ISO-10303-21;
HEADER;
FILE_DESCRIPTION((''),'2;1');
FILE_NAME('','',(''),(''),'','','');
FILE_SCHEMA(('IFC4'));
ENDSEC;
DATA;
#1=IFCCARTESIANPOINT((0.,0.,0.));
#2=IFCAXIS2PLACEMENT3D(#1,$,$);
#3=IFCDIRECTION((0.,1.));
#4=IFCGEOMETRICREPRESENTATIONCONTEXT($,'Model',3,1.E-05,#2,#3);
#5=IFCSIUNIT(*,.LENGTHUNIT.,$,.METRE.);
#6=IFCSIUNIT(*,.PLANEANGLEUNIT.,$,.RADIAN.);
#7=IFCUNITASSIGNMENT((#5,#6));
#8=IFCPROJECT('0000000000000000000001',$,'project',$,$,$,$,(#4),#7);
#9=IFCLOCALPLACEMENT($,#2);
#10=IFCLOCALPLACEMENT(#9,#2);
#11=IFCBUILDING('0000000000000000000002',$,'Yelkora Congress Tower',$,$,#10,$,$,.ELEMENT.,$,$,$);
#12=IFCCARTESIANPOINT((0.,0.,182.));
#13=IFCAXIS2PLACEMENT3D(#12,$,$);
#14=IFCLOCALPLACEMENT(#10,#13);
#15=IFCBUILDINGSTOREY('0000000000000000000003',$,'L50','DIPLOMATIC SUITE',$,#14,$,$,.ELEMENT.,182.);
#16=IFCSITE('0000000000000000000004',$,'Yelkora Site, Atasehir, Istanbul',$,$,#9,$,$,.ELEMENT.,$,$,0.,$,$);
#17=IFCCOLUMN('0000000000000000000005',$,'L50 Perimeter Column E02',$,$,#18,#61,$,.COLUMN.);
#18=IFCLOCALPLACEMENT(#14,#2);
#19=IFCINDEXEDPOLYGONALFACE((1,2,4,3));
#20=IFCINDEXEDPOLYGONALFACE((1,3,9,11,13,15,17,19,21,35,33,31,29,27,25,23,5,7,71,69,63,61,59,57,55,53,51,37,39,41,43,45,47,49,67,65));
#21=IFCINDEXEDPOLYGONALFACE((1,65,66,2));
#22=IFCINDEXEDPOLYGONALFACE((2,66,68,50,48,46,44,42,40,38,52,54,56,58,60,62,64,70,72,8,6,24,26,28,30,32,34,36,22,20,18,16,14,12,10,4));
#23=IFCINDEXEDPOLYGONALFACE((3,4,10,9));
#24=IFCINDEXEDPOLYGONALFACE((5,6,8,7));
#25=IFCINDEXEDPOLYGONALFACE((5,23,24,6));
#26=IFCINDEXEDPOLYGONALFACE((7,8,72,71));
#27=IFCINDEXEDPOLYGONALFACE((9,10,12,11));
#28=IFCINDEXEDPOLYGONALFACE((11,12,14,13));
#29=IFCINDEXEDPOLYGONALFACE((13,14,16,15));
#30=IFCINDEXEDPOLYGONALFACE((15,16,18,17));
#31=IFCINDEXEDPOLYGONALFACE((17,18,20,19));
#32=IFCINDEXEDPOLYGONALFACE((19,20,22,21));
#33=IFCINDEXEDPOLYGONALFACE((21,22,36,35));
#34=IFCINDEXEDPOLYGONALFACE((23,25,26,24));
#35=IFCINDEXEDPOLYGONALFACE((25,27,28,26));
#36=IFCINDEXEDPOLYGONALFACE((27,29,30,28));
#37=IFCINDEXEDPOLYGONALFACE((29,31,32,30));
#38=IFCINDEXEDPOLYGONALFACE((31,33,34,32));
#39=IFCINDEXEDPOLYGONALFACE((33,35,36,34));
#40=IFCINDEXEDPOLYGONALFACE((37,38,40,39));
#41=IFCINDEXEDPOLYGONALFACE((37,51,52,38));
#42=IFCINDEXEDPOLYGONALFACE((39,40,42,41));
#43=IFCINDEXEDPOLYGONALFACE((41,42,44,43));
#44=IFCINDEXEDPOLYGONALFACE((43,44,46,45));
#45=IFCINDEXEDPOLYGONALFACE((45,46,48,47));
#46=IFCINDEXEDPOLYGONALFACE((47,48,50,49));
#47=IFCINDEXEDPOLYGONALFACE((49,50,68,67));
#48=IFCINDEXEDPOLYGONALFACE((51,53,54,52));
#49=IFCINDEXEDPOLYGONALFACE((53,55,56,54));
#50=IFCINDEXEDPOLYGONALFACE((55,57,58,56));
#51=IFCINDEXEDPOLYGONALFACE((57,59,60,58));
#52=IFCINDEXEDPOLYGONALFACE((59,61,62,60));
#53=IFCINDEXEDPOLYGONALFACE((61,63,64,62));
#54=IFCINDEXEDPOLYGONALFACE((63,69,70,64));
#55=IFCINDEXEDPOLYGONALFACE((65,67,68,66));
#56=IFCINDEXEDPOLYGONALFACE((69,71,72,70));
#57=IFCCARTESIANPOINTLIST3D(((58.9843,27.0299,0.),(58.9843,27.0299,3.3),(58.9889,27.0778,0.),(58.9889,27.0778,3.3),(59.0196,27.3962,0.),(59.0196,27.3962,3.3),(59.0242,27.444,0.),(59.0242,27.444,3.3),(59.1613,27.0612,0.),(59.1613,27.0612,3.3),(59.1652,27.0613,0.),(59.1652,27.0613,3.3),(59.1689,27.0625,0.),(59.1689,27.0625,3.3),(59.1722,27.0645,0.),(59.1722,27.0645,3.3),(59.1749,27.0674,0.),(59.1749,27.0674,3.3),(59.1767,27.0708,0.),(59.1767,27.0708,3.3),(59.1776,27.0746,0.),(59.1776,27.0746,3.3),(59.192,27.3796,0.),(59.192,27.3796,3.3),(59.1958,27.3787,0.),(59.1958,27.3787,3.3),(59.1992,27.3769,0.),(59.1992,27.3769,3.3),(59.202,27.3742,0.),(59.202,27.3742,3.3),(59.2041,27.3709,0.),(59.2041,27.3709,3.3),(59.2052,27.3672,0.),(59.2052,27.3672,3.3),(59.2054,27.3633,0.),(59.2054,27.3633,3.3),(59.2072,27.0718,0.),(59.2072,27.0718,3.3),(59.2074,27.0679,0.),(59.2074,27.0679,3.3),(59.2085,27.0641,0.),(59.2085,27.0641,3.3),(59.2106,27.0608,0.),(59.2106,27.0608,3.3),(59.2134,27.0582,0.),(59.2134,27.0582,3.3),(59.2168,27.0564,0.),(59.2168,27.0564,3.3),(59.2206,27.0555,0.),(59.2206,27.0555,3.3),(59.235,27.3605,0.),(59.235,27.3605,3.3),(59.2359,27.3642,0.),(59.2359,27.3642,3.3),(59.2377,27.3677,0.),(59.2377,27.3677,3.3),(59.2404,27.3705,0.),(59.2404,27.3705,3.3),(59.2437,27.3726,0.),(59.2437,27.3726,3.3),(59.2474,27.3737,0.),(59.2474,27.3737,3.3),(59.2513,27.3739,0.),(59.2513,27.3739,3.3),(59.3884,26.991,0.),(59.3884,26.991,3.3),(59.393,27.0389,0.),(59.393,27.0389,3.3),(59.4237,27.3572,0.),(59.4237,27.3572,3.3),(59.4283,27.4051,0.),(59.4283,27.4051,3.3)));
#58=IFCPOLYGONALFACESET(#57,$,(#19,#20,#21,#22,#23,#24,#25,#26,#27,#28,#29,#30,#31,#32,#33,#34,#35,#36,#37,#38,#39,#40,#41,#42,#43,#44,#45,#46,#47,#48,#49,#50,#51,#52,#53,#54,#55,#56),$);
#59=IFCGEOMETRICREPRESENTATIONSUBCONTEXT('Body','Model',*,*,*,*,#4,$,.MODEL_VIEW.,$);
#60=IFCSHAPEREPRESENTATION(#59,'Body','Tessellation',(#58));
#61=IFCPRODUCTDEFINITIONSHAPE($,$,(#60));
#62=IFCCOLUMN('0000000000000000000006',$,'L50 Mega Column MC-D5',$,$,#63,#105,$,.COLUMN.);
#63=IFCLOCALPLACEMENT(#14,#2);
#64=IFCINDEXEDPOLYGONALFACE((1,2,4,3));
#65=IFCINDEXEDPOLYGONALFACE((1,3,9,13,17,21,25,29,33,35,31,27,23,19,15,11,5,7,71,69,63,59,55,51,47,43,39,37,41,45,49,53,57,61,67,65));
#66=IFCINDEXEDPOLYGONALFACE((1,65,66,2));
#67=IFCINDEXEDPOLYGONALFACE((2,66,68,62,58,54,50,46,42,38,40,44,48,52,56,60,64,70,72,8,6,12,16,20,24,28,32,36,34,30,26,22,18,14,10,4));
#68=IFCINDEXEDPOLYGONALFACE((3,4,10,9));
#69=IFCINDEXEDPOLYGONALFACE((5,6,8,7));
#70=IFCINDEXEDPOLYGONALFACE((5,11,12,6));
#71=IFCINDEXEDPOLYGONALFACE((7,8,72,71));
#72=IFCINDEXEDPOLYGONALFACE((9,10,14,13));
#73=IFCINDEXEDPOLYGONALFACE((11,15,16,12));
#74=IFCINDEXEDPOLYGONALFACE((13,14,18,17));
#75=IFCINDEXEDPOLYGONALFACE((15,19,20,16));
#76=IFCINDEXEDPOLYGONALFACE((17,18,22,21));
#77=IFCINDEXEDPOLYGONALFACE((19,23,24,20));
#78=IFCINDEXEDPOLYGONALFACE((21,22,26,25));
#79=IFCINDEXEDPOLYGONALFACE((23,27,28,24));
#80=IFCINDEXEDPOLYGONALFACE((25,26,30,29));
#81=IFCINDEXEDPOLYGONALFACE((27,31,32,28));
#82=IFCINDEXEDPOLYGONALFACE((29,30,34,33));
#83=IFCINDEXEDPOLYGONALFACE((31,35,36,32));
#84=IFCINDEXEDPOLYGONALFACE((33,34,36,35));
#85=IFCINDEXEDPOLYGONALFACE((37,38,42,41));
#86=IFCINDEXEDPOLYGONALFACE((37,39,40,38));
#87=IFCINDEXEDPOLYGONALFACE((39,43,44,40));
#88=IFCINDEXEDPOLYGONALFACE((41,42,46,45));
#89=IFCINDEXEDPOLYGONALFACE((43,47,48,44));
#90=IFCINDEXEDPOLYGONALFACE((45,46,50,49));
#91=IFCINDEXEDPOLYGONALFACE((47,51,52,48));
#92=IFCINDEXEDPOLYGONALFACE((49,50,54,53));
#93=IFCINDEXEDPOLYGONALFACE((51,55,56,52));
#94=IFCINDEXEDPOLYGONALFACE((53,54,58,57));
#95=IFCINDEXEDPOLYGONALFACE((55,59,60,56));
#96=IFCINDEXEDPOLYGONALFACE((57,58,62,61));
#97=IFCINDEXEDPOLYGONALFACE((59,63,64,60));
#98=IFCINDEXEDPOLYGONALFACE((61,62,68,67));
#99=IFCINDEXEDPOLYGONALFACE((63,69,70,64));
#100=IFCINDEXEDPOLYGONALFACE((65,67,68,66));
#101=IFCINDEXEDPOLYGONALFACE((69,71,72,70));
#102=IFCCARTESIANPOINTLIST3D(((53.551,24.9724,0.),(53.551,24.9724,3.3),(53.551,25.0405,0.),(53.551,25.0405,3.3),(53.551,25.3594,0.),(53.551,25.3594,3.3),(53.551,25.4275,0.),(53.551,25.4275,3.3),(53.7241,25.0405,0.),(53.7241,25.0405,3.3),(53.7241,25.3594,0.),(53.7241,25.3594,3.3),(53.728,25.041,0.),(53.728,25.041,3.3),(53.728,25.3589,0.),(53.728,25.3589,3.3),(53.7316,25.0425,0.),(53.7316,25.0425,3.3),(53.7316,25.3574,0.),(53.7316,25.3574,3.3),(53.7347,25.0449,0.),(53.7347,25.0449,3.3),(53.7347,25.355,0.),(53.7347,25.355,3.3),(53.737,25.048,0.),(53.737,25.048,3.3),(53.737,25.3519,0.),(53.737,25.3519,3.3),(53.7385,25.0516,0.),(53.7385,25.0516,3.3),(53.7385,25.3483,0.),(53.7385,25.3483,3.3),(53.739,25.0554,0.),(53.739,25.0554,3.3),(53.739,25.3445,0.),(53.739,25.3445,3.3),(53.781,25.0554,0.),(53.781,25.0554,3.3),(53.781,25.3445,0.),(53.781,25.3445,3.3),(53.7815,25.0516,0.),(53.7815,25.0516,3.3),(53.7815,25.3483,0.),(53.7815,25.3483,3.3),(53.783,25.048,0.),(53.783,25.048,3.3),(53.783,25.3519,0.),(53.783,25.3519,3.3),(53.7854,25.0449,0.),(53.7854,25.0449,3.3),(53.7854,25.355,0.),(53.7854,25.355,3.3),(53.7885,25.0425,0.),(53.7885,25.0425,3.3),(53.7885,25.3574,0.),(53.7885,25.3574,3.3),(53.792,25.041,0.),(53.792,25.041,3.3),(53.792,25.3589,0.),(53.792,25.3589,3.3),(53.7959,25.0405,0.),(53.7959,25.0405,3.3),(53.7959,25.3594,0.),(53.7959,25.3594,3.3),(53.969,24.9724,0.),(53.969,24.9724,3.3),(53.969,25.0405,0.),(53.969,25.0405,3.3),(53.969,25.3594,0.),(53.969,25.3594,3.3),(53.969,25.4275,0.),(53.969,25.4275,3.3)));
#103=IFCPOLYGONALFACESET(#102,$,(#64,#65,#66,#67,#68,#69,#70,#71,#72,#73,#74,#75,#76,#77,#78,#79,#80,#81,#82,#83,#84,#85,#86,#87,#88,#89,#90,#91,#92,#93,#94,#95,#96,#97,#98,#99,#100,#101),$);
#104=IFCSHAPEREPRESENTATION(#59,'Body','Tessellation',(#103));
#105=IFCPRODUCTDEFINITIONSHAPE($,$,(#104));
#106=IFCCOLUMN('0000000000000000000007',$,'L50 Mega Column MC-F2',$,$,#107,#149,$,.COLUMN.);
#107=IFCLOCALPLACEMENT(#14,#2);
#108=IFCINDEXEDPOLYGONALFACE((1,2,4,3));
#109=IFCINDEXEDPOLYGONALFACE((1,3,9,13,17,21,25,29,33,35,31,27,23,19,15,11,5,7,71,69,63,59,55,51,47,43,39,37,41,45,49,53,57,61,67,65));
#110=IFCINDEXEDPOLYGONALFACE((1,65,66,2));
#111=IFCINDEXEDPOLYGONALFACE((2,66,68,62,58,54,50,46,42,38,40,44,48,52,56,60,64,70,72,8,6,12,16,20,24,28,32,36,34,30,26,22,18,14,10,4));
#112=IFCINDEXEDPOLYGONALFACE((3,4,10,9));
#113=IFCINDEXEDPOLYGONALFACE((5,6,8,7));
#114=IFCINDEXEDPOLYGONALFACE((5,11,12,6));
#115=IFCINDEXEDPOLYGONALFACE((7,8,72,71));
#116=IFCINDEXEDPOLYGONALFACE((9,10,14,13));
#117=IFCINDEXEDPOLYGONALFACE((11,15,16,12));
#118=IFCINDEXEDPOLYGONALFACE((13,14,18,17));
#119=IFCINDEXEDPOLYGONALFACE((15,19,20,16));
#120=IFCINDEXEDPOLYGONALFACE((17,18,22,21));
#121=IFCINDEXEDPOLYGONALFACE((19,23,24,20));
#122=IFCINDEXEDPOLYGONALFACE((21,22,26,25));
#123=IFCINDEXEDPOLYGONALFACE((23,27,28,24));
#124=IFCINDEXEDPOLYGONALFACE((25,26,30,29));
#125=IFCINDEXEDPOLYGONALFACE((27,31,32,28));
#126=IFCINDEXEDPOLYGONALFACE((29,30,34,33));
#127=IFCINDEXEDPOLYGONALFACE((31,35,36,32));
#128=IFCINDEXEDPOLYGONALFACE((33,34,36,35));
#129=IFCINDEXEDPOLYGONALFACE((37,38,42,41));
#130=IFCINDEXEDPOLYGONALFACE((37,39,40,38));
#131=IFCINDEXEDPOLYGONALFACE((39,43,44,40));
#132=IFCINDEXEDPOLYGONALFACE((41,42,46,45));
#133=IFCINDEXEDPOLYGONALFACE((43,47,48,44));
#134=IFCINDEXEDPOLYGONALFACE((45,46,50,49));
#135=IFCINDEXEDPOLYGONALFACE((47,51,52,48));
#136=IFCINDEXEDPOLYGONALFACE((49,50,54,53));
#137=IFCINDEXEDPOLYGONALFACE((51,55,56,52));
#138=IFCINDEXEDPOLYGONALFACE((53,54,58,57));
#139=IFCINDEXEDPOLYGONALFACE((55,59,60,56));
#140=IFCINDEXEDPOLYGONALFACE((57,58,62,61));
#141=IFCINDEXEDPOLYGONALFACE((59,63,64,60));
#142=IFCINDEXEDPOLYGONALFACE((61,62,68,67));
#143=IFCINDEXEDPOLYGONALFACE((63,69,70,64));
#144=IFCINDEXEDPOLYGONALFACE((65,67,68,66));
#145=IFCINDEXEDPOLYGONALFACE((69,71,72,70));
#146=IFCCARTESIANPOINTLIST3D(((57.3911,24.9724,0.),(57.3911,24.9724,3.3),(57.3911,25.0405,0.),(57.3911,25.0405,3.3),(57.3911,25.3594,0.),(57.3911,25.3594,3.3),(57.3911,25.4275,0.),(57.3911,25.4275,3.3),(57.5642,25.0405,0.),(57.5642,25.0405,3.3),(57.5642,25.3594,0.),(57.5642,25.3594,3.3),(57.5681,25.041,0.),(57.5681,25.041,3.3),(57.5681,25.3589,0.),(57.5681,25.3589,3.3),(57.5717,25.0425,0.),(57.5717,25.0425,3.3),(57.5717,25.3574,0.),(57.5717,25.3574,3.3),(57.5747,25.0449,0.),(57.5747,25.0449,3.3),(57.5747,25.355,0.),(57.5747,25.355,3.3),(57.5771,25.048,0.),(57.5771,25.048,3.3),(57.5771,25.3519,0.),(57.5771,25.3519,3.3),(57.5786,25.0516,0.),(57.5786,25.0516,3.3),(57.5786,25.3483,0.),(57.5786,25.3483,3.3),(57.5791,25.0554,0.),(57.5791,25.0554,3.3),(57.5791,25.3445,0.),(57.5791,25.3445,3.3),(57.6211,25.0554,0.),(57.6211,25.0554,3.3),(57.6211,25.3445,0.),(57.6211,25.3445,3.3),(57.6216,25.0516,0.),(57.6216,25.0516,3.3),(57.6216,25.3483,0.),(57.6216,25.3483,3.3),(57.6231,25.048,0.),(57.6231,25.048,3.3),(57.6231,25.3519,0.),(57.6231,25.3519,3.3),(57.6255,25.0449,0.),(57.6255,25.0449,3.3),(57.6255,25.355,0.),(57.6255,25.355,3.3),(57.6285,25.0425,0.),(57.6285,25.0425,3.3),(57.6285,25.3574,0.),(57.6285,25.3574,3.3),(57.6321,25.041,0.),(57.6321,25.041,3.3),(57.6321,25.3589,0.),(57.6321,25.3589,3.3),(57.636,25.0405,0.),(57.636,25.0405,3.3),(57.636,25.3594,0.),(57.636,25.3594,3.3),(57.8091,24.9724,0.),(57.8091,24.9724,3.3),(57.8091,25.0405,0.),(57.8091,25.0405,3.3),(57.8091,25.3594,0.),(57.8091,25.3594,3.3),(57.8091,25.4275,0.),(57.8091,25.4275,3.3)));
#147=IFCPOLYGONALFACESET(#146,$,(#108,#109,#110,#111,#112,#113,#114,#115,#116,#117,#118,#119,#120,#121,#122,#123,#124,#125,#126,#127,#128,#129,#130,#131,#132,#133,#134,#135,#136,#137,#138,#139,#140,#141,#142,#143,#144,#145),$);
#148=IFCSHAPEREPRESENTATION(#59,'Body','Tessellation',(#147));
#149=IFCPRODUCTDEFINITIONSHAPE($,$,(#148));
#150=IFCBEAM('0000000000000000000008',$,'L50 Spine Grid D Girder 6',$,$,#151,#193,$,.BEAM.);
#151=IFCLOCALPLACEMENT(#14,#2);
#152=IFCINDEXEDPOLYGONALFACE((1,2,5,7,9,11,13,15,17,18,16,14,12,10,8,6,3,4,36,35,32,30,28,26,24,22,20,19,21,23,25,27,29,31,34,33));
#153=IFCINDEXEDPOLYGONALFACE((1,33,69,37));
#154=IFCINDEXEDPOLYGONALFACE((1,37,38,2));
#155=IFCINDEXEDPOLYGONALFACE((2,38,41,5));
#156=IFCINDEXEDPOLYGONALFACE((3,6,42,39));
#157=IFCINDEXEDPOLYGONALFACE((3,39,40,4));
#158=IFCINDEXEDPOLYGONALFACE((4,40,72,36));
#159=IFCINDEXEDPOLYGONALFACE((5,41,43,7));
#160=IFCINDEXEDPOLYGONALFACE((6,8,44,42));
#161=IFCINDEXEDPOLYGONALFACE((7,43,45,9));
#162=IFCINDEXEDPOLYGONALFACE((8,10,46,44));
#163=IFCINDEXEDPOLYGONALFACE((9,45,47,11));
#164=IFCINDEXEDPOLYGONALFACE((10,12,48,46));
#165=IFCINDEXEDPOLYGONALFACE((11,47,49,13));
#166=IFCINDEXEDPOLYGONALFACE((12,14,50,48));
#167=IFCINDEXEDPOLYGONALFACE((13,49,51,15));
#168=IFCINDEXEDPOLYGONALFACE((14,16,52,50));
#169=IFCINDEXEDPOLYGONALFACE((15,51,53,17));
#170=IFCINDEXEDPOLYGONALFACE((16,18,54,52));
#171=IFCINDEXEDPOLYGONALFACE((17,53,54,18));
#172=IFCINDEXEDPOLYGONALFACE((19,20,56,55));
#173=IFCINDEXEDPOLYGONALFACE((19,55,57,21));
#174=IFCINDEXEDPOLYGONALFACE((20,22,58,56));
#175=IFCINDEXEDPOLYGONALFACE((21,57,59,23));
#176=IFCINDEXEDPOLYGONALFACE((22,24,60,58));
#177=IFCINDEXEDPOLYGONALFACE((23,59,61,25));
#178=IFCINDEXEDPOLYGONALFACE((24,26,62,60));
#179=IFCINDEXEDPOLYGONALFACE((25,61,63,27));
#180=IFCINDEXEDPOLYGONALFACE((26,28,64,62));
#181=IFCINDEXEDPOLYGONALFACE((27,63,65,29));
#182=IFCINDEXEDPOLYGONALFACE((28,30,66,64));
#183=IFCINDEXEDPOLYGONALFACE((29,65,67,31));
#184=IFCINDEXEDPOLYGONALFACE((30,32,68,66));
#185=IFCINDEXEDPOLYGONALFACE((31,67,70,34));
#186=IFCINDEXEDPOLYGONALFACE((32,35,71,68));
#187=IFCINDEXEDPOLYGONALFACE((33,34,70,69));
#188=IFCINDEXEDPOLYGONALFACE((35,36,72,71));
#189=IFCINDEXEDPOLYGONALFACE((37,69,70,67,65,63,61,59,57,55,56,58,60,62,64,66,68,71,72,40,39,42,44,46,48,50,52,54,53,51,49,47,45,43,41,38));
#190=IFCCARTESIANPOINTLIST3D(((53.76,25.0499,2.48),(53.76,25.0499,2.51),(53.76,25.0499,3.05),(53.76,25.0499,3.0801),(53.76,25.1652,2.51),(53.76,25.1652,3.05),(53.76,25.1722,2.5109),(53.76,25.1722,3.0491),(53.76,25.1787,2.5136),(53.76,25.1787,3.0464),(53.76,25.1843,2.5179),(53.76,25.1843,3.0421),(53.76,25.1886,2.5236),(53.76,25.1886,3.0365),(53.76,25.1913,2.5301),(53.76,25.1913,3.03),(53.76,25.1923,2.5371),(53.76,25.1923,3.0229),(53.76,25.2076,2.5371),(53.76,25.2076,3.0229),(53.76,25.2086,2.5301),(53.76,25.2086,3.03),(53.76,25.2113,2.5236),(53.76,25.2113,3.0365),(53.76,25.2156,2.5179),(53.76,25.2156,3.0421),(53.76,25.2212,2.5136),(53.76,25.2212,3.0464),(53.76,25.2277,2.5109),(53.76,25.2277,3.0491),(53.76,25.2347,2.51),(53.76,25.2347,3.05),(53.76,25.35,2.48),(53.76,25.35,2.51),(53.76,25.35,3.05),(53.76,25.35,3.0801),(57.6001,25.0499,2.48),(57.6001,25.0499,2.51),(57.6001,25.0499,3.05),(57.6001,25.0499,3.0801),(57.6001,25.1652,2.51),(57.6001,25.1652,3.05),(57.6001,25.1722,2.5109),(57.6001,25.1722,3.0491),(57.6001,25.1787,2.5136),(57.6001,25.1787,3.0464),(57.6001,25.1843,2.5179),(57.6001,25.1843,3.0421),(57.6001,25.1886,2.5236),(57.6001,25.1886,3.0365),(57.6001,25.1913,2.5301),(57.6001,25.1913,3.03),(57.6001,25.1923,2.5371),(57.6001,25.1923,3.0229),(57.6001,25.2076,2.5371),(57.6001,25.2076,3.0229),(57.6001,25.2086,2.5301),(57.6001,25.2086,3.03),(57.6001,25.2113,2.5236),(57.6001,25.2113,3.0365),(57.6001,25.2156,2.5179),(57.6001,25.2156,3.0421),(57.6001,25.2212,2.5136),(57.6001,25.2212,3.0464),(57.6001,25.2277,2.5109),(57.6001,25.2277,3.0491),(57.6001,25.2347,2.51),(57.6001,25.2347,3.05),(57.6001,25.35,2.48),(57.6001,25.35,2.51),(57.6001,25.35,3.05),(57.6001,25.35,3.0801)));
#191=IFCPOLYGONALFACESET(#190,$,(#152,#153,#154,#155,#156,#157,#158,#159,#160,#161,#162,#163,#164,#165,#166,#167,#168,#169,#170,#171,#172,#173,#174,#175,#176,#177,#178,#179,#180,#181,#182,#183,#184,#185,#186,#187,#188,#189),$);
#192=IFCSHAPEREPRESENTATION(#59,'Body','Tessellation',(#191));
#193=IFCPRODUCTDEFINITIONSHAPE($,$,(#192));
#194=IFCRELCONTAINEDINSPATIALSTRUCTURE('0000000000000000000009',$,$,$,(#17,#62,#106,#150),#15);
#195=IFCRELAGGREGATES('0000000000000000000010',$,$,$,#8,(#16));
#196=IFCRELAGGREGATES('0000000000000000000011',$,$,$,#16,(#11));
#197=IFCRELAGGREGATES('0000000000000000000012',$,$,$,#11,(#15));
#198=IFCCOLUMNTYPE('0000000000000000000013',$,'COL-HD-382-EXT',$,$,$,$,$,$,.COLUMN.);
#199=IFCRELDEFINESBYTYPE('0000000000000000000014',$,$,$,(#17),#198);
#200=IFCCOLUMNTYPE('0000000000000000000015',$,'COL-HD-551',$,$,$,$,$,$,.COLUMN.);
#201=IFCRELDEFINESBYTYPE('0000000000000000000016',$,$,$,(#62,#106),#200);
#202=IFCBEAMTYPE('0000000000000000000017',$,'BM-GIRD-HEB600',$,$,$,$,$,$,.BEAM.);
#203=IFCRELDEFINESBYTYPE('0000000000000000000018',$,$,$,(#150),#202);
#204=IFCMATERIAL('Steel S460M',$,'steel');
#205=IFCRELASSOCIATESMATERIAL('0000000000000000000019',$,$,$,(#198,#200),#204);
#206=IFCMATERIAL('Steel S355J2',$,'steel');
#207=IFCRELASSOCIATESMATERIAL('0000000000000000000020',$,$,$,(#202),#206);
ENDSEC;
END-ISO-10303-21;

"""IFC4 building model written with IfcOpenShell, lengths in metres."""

from ifc_helpers import new_model, si_unit, direction, frame, origin, origin_2d, place, context, subcontext, project, spatial, i_section, extrude, material, material_profile, profile_set, type_object, element, save


model = new_model("IFC4")

# Units and contexts
model_context = context("Model", 3, precision=1e-05, world=origin(), true_north=direction((0.0, 1.0)))
body_context = subcontext(model_context, "Body", "Model", "MODEL_VIEW")
ifc_project = project(units=[si_unit("LENGTHUNIT", "METRE"), si_unit("PLANEANGLEUNIT", "RADIAN")], contexts=[model_context])

# Site, building, storey
site_placement = place(None, origin())
site = spatial("IfcSite", under=ifc_project, at=site_placement, Name="Yelkora Site, Atasehir, Istanbul", CompositionType="ELEMENT", RefElevation=0.0)
building_placement = place(site_placement, origin())
building = spatial("IfcBuilding", under=site, at=building_placement, Name="Yelkora Congress Tower", CompositionType="ELEMENT")
storey_placement = place(building_placement, frame((0.0, 0.0, 182.0)))
storey = spatial("IfcBuildingStorey", under=building, at=storey_placement, Name="L50", Description="DIPLOMATIC SUITE", CompositionType="ELEMENT", Elevation=182.0)

# Columns
ifc_material_1 = material(Name="Steel S460M", Category="steel")
ifc_material_profile_1 = material_profile(ifc_material_1, i_section(OverallWidth=0.406, OverallDepth=0.416, WebThickness=0.0298, FlangeThickness=0.0481, FilletRadius=0.0149, at=origin_2d()), Name="HD 400x382")
ifc_profile_set_1 = profile_set([ifc_material_profile_1], Name="Steel S460M")
column_type_1 = type_object("IfcColumnType", Name="COL-HD-382-EXT", PredefinedType="COLUMN", material=ifc_profile_set_1)
column_placement = place(storey_placement, frame((59.2063, 27.2175, 0.0), z_axis=(0.0, 0.0, 1.0), x_axis=(0.995396, -0.095846, 0.0)))
element("IfcColumn", 1, at=column_placement, inside=storey, type_object=column_type_1, Name="L50 Perimeter Column E02", PredefinedType="COLUMN", context=body_context, shape_type="SweptSolid", body=[
    extrude(i_section(OverallWidth=0.406, OverallDepth=0.416, WebThickness=0.0298, FlangeThickness=0.0481, FilletRadius=0.0149, at=origin_2d()), origin(), (0.0, 0.0, 1.0), 3.3),
])
ifc_material_profile_2 = material_profile(ifc_material_1, i_section(OverallWidth=0.418, OverallDepth=0.4551, WebThickness=0.042, FlangeThickness=0.0681, FilletRadius=0.0149, at=origin_2d()), Name="HD 400x551")
ifc_profile_set_2 = profile_set([ifc_material_profile_2], Name="Steel S460M")
column_type_2 = type_object("IfcColumnType", Name="COL-HD-551", PredefinedType="COLUMN", material=ifc_profile_set_2)
for number, where, z_axis, x_axis, name in (
    (2, (53.76, 25.2, 0.0), (0.0, 0.0, 1.0), (1.0, 0.0, 0.0), "L50 Mega Column MC-D5"),
    (3, (57.6001, 25.2, 0.0), (0.0, 0.0, 1.0), (1.0, 0.0, 0.0), "L50 Mega Column MC-F2"),
):
    element("IfcColumn", number, at=place(storey_placement, frame(where, z_axis=z_axis, x_axis=x_axis)), inside=storey, type_object=column_type_2, Name=name, PredefinedType="COLUMN", context=body_context, shape_type="SweptSolid", body=[
        extrude(i_section(OverallWidth=0.418, OverallDepth=0.4551, WebThickness=0.042, FlangeThickness=0.0681, FilletRadius=0.0149, at=origin_2d()), origin(), (0.0, 0.0, 1.0), 3.3),
    ])

# Beam
ifc_material_2 = material(Name="Steel S355J2", Category="steel")
ifc_material_profile_3 = material_profile(ifc_material_2, i_section(OverallWidth=0.3, OverallDepth=0.6001, WebThickness=0.0154, FlangeThickness=0.03, FilletRadius=0.0271, at=origin_2d()), Name="HEB 600")
ifc_profile_set_3 = profile_set([ifc_material_profile_3], Name="Steel S355J2")
beam_type_1 = type_object("IfcBeamType", Name="BM-GIRD-HEB600", PredefinedType="BEAM", material=ifc_profile_set_3)
beam_1_placement = place(storey_placement, frame((53.76, 25.2, 2.78), z_axis=(1.0, 0.0, 0.0), x_axis=(0.0, 1.0, 0.0)))
element("IfcBeam", 4, at=beam_1_placement, inside=storey, type_object=beam_type_1, Name="L50 Spine Grid D Girder 6", PredefinedType="BEAM", context=body_context, shape_type="SweptSolid", body=[
    extrude(i_section(OverallWidth=0.3, OverallDepth=0.6001, WebThickness=0.0154, FlangeThickness=0.03, FilletRadius=0.0271, at=origin_2d()), origin(), (0.0, 0.0, 1.0), 3.8401),
])

save(model, "model.ifc")
